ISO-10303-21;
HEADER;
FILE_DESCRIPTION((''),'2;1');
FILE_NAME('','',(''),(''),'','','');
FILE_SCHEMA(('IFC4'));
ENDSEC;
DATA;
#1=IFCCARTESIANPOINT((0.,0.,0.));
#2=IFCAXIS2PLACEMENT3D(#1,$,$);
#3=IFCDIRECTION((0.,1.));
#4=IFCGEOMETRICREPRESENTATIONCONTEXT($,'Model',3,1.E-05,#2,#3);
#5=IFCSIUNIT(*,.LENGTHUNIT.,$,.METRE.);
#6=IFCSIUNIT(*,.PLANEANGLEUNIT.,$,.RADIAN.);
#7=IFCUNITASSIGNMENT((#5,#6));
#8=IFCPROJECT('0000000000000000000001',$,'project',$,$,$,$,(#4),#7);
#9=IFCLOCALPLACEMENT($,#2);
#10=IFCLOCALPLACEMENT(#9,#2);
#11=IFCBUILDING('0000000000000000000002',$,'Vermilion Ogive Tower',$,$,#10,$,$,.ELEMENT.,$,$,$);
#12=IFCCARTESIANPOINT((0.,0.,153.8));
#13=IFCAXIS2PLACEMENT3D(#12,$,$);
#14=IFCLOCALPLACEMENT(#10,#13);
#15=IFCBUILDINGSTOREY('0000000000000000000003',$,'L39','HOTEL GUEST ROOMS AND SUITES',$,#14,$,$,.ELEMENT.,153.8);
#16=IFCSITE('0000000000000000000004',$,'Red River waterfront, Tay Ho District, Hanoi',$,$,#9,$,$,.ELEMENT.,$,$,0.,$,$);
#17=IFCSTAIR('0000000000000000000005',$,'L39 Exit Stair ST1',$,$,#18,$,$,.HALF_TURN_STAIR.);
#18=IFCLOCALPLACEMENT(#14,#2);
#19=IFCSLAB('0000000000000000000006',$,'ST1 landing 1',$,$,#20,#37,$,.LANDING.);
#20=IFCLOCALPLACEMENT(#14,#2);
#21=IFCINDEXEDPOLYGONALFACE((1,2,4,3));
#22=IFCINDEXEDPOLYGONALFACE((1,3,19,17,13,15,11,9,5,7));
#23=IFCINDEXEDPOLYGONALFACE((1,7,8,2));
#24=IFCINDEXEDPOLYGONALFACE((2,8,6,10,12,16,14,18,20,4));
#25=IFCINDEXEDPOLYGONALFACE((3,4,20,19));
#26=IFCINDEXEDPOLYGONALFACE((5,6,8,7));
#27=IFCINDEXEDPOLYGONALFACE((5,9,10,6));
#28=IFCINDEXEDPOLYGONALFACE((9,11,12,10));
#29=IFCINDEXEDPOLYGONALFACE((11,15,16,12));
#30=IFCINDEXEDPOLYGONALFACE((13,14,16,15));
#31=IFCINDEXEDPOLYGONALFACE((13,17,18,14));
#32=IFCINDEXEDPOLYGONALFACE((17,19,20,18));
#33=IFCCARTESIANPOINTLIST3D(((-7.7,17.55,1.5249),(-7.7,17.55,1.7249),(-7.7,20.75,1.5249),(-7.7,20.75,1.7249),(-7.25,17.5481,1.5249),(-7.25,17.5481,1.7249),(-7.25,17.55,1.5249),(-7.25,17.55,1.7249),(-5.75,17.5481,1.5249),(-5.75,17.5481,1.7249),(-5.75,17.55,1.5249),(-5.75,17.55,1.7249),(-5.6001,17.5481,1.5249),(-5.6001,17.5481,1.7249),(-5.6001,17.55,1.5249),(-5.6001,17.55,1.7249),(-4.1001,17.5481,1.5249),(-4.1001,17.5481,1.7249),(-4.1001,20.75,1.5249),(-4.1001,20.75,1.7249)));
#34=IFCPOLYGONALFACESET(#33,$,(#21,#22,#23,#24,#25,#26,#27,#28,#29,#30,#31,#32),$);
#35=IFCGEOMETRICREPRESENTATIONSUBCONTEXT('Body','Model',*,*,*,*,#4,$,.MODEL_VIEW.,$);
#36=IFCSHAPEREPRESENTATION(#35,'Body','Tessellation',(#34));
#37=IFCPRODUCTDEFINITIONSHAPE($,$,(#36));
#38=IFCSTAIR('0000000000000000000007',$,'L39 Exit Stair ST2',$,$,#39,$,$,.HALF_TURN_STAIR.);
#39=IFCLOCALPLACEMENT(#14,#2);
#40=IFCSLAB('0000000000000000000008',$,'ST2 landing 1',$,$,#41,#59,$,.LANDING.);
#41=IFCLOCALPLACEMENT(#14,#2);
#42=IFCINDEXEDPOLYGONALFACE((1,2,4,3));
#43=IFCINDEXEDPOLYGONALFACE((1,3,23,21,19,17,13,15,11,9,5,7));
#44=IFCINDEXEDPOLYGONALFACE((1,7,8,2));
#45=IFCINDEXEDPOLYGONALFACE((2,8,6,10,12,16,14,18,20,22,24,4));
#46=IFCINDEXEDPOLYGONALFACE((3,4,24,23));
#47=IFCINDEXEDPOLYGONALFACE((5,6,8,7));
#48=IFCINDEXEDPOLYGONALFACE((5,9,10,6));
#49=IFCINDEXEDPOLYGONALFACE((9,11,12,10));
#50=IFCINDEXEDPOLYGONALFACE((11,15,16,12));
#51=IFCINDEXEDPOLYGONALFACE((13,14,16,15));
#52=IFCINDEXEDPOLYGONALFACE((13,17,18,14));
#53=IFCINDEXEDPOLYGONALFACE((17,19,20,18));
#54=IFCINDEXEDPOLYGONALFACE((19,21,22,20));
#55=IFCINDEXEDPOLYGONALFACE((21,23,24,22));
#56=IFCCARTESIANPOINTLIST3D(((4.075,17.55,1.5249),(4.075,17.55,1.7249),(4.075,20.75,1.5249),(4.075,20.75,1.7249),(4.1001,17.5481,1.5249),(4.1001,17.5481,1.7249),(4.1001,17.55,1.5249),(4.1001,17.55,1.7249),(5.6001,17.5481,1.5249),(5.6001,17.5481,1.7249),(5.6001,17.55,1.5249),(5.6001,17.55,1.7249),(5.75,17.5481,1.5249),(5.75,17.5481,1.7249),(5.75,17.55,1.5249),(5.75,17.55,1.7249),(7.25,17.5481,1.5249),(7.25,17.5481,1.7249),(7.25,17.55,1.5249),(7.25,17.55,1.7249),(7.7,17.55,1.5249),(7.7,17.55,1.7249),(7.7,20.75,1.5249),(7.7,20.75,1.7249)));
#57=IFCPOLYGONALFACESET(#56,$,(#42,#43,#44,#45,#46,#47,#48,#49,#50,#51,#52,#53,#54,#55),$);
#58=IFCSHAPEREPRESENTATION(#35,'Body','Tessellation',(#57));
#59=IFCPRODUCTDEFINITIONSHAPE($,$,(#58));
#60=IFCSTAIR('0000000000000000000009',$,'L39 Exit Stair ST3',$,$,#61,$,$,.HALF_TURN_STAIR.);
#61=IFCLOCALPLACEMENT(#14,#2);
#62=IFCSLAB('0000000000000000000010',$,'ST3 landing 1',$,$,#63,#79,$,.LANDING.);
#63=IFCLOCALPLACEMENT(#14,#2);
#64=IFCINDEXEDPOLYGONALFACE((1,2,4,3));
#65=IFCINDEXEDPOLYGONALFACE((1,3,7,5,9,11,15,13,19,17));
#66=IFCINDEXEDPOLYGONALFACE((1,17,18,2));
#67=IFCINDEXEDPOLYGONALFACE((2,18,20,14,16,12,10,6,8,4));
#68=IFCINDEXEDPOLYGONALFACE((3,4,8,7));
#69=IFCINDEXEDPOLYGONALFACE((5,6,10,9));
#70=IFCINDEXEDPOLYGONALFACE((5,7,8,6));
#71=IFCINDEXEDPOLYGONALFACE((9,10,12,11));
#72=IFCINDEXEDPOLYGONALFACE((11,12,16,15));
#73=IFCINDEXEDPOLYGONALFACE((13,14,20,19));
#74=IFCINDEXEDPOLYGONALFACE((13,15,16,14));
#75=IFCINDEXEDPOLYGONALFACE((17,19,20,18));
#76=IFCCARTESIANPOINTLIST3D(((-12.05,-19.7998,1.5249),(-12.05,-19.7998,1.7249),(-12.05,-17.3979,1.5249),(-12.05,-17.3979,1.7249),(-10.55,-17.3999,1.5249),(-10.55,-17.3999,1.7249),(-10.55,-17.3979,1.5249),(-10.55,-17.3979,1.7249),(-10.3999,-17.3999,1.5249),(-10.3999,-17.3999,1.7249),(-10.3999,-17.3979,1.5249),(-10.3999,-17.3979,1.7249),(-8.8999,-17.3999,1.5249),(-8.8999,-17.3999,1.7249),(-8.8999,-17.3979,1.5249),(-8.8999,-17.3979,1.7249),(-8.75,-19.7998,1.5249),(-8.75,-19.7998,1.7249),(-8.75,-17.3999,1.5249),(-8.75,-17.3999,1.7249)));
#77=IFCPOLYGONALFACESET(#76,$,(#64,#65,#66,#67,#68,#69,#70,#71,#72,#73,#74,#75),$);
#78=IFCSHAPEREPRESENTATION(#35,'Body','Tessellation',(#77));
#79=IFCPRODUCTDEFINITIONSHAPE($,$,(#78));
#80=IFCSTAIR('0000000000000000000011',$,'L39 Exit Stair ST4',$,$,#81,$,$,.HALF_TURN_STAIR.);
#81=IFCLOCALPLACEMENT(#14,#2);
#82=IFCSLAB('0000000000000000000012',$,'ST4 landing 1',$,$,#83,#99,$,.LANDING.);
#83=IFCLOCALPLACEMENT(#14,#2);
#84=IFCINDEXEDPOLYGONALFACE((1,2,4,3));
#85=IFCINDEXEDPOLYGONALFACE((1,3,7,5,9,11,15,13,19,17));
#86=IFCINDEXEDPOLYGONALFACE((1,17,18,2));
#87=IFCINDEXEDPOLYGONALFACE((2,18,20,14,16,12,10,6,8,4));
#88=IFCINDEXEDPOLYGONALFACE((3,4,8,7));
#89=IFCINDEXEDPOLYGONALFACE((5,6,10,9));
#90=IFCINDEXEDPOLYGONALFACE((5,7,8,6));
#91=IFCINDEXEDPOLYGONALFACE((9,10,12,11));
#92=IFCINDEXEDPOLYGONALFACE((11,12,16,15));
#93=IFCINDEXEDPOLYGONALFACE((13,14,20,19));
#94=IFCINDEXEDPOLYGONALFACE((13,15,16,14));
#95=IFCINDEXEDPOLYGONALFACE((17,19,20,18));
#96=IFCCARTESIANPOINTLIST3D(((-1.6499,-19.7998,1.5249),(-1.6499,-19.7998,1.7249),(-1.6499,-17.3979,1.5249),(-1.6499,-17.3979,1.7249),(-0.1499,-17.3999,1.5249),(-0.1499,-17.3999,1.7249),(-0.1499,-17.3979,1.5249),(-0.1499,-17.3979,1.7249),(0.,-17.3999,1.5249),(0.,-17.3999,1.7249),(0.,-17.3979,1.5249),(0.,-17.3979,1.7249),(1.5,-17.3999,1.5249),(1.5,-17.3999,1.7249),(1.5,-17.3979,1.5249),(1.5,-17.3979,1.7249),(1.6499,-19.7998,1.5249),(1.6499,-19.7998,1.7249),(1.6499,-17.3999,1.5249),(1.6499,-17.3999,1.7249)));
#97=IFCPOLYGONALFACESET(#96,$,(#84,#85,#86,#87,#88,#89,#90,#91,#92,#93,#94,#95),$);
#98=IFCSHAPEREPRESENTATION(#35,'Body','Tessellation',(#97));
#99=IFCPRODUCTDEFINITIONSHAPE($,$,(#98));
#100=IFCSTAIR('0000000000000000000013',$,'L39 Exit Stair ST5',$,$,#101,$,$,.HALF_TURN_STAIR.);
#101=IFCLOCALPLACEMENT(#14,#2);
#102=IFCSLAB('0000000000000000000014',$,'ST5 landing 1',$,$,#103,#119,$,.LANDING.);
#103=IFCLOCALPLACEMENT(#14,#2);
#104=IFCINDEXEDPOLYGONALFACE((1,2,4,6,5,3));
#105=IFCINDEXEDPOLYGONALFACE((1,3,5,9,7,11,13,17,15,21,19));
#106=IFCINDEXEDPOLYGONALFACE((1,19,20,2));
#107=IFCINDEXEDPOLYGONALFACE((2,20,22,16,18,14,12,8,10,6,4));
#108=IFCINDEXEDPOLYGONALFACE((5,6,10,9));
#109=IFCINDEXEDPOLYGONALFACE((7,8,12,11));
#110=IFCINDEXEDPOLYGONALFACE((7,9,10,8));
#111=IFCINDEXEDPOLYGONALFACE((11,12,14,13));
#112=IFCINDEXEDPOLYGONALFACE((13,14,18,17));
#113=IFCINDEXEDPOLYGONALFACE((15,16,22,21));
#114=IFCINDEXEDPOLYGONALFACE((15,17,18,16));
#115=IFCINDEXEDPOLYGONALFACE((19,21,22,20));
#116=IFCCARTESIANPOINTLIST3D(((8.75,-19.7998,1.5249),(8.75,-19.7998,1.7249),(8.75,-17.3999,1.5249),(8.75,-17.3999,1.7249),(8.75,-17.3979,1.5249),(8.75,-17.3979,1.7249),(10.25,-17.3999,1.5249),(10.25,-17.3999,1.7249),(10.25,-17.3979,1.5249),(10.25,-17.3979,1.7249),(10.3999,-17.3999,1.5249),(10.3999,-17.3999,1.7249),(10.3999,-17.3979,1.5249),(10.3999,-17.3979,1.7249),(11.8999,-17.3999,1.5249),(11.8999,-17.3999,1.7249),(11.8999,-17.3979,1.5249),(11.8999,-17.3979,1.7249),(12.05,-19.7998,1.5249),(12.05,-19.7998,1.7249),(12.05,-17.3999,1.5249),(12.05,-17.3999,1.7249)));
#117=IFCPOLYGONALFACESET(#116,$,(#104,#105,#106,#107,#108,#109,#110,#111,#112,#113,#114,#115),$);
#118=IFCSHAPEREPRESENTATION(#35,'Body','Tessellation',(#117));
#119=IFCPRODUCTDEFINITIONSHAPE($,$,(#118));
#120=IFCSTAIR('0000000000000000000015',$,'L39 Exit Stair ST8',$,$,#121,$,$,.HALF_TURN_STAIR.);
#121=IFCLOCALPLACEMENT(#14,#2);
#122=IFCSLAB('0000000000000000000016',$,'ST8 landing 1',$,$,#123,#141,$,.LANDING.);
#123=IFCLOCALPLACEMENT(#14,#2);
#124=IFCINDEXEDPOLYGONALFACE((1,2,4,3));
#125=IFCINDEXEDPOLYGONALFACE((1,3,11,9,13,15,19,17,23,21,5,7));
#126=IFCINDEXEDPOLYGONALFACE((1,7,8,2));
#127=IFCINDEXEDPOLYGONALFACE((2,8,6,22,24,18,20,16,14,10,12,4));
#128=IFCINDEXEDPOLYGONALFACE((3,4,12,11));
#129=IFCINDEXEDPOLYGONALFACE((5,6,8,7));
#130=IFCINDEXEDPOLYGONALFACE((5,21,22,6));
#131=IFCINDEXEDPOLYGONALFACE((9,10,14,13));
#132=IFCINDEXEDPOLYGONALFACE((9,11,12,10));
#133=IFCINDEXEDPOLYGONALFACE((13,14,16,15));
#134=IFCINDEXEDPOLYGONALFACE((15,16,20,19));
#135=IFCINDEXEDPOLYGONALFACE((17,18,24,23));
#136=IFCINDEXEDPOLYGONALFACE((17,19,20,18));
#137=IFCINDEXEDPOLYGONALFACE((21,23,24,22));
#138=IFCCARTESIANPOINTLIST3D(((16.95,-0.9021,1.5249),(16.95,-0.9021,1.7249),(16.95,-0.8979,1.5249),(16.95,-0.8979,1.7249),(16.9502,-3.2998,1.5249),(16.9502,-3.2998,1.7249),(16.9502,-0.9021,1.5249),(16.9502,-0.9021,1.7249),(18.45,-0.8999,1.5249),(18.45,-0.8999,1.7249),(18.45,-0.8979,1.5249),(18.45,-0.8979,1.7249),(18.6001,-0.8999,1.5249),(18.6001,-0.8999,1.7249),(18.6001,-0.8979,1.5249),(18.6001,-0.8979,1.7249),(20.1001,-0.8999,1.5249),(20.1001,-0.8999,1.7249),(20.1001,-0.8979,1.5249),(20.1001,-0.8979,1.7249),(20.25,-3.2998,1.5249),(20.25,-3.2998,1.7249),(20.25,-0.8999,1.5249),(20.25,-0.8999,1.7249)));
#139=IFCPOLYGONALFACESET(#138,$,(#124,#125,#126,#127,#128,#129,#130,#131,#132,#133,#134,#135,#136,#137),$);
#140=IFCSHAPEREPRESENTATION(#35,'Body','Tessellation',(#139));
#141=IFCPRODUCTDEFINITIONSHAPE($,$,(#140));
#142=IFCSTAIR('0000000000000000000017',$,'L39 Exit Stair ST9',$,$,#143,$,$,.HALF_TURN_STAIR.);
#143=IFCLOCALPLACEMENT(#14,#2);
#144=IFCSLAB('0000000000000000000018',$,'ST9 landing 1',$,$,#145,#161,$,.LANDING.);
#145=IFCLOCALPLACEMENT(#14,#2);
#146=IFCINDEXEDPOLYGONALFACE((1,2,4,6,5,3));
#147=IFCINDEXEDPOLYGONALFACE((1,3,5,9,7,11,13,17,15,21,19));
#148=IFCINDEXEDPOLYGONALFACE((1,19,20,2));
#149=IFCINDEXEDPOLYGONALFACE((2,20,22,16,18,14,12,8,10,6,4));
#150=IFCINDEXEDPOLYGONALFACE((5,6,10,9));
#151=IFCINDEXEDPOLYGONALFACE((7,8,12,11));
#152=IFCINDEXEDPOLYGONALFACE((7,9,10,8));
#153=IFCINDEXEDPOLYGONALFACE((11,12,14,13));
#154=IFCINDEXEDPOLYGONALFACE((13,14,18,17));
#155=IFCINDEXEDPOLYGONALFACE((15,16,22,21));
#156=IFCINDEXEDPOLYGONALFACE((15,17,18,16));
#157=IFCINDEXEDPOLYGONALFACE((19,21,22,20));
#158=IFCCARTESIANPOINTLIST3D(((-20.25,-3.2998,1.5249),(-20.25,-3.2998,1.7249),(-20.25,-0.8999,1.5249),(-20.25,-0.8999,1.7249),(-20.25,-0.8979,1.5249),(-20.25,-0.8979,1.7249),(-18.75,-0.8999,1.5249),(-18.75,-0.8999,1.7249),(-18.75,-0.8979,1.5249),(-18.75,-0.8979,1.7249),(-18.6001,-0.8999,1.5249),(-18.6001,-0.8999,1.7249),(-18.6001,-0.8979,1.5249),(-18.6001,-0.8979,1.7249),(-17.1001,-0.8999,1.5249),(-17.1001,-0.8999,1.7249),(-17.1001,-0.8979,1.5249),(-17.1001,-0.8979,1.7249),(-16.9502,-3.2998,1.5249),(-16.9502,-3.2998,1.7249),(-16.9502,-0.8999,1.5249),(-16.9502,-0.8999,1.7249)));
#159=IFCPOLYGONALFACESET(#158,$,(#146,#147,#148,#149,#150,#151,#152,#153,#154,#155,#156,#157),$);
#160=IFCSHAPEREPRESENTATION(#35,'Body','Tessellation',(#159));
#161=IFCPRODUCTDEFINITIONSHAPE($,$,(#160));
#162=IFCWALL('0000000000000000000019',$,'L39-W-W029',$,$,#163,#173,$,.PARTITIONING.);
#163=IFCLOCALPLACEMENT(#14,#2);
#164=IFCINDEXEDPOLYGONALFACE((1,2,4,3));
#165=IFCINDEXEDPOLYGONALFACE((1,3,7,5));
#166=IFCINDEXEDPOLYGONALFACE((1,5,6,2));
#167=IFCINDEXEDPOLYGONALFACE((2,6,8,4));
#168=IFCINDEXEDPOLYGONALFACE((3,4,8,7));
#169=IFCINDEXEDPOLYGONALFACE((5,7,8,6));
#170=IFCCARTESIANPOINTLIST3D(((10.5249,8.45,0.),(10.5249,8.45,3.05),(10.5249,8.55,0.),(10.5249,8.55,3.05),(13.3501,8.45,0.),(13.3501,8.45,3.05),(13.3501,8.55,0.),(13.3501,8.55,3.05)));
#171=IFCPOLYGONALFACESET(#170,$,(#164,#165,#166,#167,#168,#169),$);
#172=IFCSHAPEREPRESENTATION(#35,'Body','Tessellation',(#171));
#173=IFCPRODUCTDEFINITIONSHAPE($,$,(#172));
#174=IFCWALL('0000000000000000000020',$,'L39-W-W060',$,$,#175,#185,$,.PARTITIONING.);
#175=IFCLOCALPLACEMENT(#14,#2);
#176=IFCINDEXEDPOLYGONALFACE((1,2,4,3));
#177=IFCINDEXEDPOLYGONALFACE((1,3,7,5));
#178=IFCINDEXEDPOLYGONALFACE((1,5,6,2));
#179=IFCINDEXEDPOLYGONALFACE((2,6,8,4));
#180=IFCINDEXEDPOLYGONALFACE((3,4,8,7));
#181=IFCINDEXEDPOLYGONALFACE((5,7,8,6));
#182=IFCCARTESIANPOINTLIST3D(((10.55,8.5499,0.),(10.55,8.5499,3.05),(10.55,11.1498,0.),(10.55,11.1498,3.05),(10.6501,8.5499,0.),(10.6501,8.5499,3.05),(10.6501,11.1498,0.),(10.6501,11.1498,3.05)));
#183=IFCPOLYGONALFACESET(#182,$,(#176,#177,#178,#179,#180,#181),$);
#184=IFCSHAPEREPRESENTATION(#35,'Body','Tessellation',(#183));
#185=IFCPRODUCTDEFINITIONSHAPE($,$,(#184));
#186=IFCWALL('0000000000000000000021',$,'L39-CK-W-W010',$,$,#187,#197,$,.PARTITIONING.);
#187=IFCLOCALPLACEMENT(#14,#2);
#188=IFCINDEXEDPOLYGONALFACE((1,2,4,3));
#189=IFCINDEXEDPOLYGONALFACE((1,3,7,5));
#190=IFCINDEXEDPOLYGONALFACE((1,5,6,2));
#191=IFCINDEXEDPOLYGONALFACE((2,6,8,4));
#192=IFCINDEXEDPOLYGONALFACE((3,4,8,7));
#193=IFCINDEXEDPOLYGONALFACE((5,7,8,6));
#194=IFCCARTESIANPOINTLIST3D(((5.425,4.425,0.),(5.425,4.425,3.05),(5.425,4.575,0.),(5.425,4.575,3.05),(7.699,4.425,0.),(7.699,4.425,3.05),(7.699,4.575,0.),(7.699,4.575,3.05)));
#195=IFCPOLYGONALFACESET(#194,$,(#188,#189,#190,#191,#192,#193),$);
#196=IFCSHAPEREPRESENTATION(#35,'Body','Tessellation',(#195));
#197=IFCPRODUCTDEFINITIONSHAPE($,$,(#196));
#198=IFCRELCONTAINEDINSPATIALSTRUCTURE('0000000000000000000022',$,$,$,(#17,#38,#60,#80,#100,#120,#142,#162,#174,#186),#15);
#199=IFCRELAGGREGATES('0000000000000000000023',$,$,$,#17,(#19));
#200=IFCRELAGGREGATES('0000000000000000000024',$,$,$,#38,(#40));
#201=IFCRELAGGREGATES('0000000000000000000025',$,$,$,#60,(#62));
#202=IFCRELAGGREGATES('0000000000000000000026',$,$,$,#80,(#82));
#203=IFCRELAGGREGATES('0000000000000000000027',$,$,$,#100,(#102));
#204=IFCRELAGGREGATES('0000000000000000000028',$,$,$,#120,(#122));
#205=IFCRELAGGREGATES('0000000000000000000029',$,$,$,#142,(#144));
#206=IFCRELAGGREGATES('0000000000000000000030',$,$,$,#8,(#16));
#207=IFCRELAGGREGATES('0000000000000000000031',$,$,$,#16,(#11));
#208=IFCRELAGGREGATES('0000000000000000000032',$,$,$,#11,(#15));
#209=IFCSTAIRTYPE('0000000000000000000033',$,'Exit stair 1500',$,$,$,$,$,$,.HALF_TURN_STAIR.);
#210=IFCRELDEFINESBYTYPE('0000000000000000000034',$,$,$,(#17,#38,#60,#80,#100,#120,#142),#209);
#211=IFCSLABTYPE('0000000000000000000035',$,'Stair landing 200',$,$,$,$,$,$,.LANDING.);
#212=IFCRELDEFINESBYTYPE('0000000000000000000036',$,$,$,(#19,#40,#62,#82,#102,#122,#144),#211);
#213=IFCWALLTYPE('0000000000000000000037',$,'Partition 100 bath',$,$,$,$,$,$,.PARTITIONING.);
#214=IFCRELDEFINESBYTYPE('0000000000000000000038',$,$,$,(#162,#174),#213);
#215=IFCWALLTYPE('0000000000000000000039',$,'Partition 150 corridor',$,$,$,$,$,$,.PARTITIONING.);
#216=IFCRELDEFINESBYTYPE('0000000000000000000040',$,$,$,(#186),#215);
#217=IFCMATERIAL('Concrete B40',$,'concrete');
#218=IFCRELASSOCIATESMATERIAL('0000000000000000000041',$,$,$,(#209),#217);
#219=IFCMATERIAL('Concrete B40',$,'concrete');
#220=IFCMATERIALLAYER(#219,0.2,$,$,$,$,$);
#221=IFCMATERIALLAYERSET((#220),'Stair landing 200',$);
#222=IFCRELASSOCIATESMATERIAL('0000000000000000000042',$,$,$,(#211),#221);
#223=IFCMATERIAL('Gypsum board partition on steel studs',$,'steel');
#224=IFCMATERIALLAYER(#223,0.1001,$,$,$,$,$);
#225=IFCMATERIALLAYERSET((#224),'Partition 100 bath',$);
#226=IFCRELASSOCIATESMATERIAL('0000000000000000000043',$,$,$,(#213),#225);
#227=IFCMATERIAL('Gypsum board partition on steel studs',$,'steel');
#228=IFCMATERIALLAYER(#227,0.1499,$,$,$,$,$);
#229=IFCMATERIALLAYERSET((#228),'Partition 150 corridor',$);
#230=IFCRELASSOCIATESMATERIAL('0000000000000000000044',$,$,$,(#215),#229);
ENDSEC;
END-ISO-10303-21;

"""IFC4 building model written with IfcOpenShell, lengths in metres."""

from ifc_helpers import new_model, si_unit, direction, frame, frame_2d, origin, place, context, subcontext, project, spatial, polyline, rectangle, outline, extrude, material, layer, layer_set, type_object, element, aggregate, save


model = new_model("IFC4")

# Units and contexts
model_context = context("Model", 3, precision=1e-05, world=origin(), true_north=direction((0.0, 1.0)))
body_context = subcontext(model_context, "Body", "Model", "MODEL_VIEW")
ifc_project = project(units=[si_unit("LENGTHUNIT", "METRE"), si_unit("PLANEANGLEUNIT", "RADIAN")], contexts=[model_context])

# Site, building, storey
site_placement = place(None, origin())
site = spatial("IfcSite", under=ifc_project, at=site_placement, Name="Red River waterfront, Tay Ho District, Hanoi", CompositionType="ELEMENT", RefElevation=0.0)
building_placement = place(site_placement, origin())
building = spatial("IfcBuilding", under=site, at=building_placement, Name="Vermilion Ogive Tower", CompositionType="ELEMENT")
storey_placement = place(building_placement, frame((0.0, 0.0, 153.8)))
storey = spatial("IfcBuildingStorey", under=building, at=storey_placement, Name="L39", Description="HOTEL GUEST ROOMS AND SUITES", CompositionType="ELEMENT", Elevation=153.8)

# Stairs, slabs
ifc_material_1 = material(Name="Concrete B40", Category="concrete")
stair_type = type_object("IfcStairType", Name="Exit stair 1500", PredefinedType="HALF_TURN_STAIR", material=ifc_material_1)
stair_1_placement = place(storey_placement, origin())
stair_1 = element("IfcStair", 1, at=stair_1_placement, inside=storey, type_object=stair_type, Name="L39 Exit Stair ST1", PredefinedType="HALF_TURN_STAIR")
ifc_material_2 = material(Name="Concrete B40", Category="concrete")
ifc_layer_1 = layer(ifc_material_2, 0.2)
ifc_layer_set_1 = layer_set([ifc_layer_1], Name="Stair landing 200")
slab_type_1 = type_object("IfcSlabType", Name="Stair landing 200", PredefinedType="LANDING", material=ifc_layer_set_1)
slab_1_placement = place(storey_placement, frame((0.0, 0.0, 1.5249)))
slab_1 = element("IfcSlab", 2, at=slab_1_placement, type_object=slab_type_1, Name="ST1 landing 1", PredefinedType="LANDING", context=body_context, shape_type="SweptSolid", body=[
    extrude(outline(polyline([(-7.7, 17.55), (-7.25, 17.55), (-7.25, 17.5481), (-5.75, 17.5481), (-5.75, 17.55), (-5.6001, 17.55), (-5.6001, 17.5481), (-4.1001, 17.5481), (-4.1001, 20.75), (-7.7, 20.75), (-7.7, 17.55)])), origin(), (0.0, 0.0, 1.0), 0.2),
])
aggregate(stair_1, [slab_1])
stair_2_placement = place(storey_placement, origin())
stair_2 = element("IfcStair", 3, at=stair_2_placement, inside=storey, type_object=stair_type, Name="L39 Exit Stair ST2", PredefinedType="HALF_TURN_STAIR")
slab_2_placement = place(storey_placement, frame((0.0, 0.0, 1.5249)))
slab_2 = element("IfcSlab", 4, at=slab_2_placement, type_object=slab_type_1, Name="ST2 landing 1", PredefinedType="LANDING", context=body_context, shape_type="SweptSolid", body=[
    extrude(outline(polyline([(5.6001, 17.55), (5.75, 17.55), (5.75, 17.5481), (7.25, 17.5481), (7.25, 17.55), (7.7, 17.55), (7.7, 20.75), (4.075, 20.75), (4.075, 17.55), (4.1001, 17.55), (4.1001, 17.5481), (5.6001, 17.5481), (5.6001, 17.55)])), origin(), (0.0, 0.0, 1.0), 0.2),
])
aggregate(stair_2, [slab_2])
stair_3_placement = place(storey_placement, origin())
stair_3 = element("IfcStair", 5, at=stair_3_placement, inside=storey, type_object=stair_type, Name="L39 Exit Stair ST3", PredefinedType="HALF_TURN_STAIR")
slab_3_placement = place(storey_placement, frame((0.0, 0.0, 1.5249)))
slab_3 = element("IfcSlab", 6, at=slab_3_placement, type_object=slab_type_1, Name="ST3 landing 1", PredefinedType="LANDING", context=body_context, shape_type="SweptSolid", body=[
    extrude(outline(polyline([(-8.75, -17.3999), (-8.8999, -17.3999), (-8.8999, -17.3979), (-10.3999, -17.3979), (-10.3999, -17.3999), (-10.55, -17.3999), (-10.55, -17.3979), (-12.05, -17.3979), (-12.05, -19.7998), (-8.75, -19.7998), (-8.75, -17.3999)])), origin(), (0.0, 0.0, 1.0), 0.2),
])
aggregate(stair_3, [slab_3])
stair_4_placement = place(storey_placement, origin())
stair_4 = element("IfcStair", 7, at=stair_4_placement, inside=storey, type_object=stair_type, Name="L39 Exit Stair ST4", PredefinedType="HALF_TURN_STAIR")
slab_4_placement = place(storey_placement, frame((0.0, 0.0, 1.5249)))
slab_4 = element("IfcSlab", 8, at=slab_4_placement, type_object=slab_type_1, Name="ST4 landing 1", PredefinedType="LANDING", context=body_context, shape_type="SweptSolid", body=[
    extrude(outline(polyline([(1.6499, -17.3999), (1.5, -17.3999), (1.5, -17.3979), (0.0, -17.3979), (0.0, -17.3999), (-0.1499, -17.3999), (-0.1499, -17.3979), (-1.6499, -17.3979), (-1.6499, -19.7998), (1.6499, -19.7998), (1.6499, -17.3999)])), origin(), (0.0, 0.0, 1.0), 0.2),
])
aggregate(stair_4, [slab_4])
stair_5_placement = place(storey_placement, origin())
stair_5 = element("IfcStair", 9, at=stair_5_placement, inside=storey, type_object=stair_type, Name="L39 Exit Stair ST5", PredefinedType="HALF_TURN_STAIR")
slab_5_placement = place(storey_placement, frame((0.0, 0.0, 1.5249)))
slab_5 = element("IfcSlab", 10, at=slab_5_placement, type_object=slab_type_1, Name="ST5 landing 1", PredefinedType="LANDING", context=body_context, shape_type="SweptSolid", body=[
    extrude(outline(polyline([(12.05, -17.3999), (11.8999, -17.3999), (11.8999, -17.3979), (10.3999, -17.3979), (10.3999, -17.3999), (10.25, -17.3999), (10.25, -17.3979), (8.75, -17.3979), (8.75, -17.3999), (8.75, -17.3999), (8.75, -19.7998), (12.05, -19.7998), (12.05, -17.3999)])), origin(), (0.0, 0.0, 1.0), 0.2),
])
aggregate(stair_5, [slab_5])
stair_6_placement = place(storey_placement, origin())
stair_6 = element("IfcStair", 11, at=stair_6_placement, inside=storey, type_object=stair_type, Name="L39 Exit Stair ST8", PredefinedType="HALF_TURN_STAIR")
slab_6_placement = place(storey_placement, frame((0.0, 0.0, 1.5249)))
slab_6 = element("IfcSlab", 12, at=slab_6_placement, type_object=slab_type_1, Name="ST8 landing 1", PredefinedType="LANDING", context=body_context, shape_type="SweptSolid", body=[
    extrude(outline(polyline([(20.25, -0.8999), (20.1001, -0.8999), (20.1001, -0.8979), (18.6001, -0.8979), (18.6001, -0.8999), (18.45, -0.8999), (18.45, -0.8979), (16.95, -0.8979), (16.95, -0.9021), (16.9502, -0.9021), (16.9502, -3.2998), (20.25, -3.2998), (20.25, -0.8999)])), origin(), (0.0, 0.0, 1.0), 0.2),
])
aggregate(stair_6, [slab_6])
stair_7_placement = place(storey_placement, origin())
stair_7 = element("IfcStair", 13, at=stair_7_placement, inside=storey, type_object=stair_type, Name="L39 Exit Stair ST9", PredefinedType="HALF_TURN_STAIR")
slab_7_placement = place(storey_placement, frame((0.0, 0.0, 1.5249)))
slab_7 = element("IfcSlab", 14, at=slab_7_placement, type_object=slab_type_1, Name="ST9 landing 1", PredefinedType="LANDING", context=body_context, shape_type="SweptSolid", body=[
    extrude(outline(polyline([(-16.9502, -0.8999), (-17.1001, -0.8999), (-17.1001, -0.8979), (-18.6001, -0.8979), (-18.6001, -0.8999), (-18.75, -0.8999), (-18.75, -0.8979), (-20.25, -0.8979), (-20.25, -0.8999), (-20.25, -0.8999), (-20.25, -3.2998), (-16.9502, -3.2998), (-16.9502, -0.8999)])), origin(), (0.0, 0.0, 1.0), 0.2),
])
aggregate(stair_7, [slab_7])

# Walls
ifc_material_3 = material(Name="Gypsum board partition on steel studs", Category="steel")
ifc_layer_2 = layer(ifc_material_3, 0.1001)
ifc_layer_set_2 = layer_set([ifc_layer_2], Name="Partition 100 bath")
wall_type_1 = type_object("IfcWallType", Name="Partition 100 bath", PredefinedType="PARTITIONING", material=ifc_layer_set_2)
wall_1_placement = place(storey_placement, frame((10.5249, 8.5, 0.0), z_axis=(0.0, 0.0, 1.0), x_axis=(1.0, 0.0, 0.0)))
element("IfcWall", 15, at=wall_1_placement, inside=storey, type_object=wall_type_1, Name="L39-W-W029", PredefinedType="PARTITIONING", context=body_context, shape_type="SweptSolid", body=[
    extrude(rectangle(XDim=2.8252, YDim=0.1001, at=frame_2d((1.4126, 0.0))), origin(), (0.0, 0.0, 1.0), 3.05),
])
wall_2_placement = place(storey_placement, frame((10.6001, 8.55, 0.0), z_axis=(0.0, 0.0, 1.0), x_axis=(0.0, 1.0, 0.0)))
element("IfcWall", 16, at=wall_2_placement, inside=storey, type_object=wall_type_1, Name="L39-W-W060", PredefinedType="PARTITIONING", context=body_context, shape_type="SweptSolid", body=[
    extrude(rectangle(XDim=2.5999, YDim=0.1001, at=frame_2d((1.2998, 0.0))), origin(), (0.0, 0.0, 1.0), 3.05),
])
ifc_material_4 = material(Name="Gypsum board partition on steel studs", Category="steel")
ifc_layer_3 = layer(ifc_material_4, 0.1499)
ifc_layer_set_3 = layer_set([ifc_layer_3], Name="Partition 150 corridor")
wall_type_2 = type_object("IfcWallType", Name="Partition 150 corridor", PredefinedType="PARTITIONING", material=ifc_layer_set_3)
wall_3_placement = place(storey_placement, frame((5.425, 4.5, 0.0), z_axis=(0.0, 0.0, 1.0), x_axis=(1.0, 0.0, 0.0)))
element("IfcWall", 17, at=wall_3_placement, inside=storey, type_object=wall_type_2, Name="L39-CK-W-W010", PredefinedType="PARTITIONING", context=body_context, shape_type="SweptSolid", body=[
    extrude(rectangle(XDim=2.2739, YDim=0.1499, at=frame_2d((1.137, 0.0))), origin(), (0.0, 0.0, 1.0), 3.05),
])

save(model, "model.ifc")
